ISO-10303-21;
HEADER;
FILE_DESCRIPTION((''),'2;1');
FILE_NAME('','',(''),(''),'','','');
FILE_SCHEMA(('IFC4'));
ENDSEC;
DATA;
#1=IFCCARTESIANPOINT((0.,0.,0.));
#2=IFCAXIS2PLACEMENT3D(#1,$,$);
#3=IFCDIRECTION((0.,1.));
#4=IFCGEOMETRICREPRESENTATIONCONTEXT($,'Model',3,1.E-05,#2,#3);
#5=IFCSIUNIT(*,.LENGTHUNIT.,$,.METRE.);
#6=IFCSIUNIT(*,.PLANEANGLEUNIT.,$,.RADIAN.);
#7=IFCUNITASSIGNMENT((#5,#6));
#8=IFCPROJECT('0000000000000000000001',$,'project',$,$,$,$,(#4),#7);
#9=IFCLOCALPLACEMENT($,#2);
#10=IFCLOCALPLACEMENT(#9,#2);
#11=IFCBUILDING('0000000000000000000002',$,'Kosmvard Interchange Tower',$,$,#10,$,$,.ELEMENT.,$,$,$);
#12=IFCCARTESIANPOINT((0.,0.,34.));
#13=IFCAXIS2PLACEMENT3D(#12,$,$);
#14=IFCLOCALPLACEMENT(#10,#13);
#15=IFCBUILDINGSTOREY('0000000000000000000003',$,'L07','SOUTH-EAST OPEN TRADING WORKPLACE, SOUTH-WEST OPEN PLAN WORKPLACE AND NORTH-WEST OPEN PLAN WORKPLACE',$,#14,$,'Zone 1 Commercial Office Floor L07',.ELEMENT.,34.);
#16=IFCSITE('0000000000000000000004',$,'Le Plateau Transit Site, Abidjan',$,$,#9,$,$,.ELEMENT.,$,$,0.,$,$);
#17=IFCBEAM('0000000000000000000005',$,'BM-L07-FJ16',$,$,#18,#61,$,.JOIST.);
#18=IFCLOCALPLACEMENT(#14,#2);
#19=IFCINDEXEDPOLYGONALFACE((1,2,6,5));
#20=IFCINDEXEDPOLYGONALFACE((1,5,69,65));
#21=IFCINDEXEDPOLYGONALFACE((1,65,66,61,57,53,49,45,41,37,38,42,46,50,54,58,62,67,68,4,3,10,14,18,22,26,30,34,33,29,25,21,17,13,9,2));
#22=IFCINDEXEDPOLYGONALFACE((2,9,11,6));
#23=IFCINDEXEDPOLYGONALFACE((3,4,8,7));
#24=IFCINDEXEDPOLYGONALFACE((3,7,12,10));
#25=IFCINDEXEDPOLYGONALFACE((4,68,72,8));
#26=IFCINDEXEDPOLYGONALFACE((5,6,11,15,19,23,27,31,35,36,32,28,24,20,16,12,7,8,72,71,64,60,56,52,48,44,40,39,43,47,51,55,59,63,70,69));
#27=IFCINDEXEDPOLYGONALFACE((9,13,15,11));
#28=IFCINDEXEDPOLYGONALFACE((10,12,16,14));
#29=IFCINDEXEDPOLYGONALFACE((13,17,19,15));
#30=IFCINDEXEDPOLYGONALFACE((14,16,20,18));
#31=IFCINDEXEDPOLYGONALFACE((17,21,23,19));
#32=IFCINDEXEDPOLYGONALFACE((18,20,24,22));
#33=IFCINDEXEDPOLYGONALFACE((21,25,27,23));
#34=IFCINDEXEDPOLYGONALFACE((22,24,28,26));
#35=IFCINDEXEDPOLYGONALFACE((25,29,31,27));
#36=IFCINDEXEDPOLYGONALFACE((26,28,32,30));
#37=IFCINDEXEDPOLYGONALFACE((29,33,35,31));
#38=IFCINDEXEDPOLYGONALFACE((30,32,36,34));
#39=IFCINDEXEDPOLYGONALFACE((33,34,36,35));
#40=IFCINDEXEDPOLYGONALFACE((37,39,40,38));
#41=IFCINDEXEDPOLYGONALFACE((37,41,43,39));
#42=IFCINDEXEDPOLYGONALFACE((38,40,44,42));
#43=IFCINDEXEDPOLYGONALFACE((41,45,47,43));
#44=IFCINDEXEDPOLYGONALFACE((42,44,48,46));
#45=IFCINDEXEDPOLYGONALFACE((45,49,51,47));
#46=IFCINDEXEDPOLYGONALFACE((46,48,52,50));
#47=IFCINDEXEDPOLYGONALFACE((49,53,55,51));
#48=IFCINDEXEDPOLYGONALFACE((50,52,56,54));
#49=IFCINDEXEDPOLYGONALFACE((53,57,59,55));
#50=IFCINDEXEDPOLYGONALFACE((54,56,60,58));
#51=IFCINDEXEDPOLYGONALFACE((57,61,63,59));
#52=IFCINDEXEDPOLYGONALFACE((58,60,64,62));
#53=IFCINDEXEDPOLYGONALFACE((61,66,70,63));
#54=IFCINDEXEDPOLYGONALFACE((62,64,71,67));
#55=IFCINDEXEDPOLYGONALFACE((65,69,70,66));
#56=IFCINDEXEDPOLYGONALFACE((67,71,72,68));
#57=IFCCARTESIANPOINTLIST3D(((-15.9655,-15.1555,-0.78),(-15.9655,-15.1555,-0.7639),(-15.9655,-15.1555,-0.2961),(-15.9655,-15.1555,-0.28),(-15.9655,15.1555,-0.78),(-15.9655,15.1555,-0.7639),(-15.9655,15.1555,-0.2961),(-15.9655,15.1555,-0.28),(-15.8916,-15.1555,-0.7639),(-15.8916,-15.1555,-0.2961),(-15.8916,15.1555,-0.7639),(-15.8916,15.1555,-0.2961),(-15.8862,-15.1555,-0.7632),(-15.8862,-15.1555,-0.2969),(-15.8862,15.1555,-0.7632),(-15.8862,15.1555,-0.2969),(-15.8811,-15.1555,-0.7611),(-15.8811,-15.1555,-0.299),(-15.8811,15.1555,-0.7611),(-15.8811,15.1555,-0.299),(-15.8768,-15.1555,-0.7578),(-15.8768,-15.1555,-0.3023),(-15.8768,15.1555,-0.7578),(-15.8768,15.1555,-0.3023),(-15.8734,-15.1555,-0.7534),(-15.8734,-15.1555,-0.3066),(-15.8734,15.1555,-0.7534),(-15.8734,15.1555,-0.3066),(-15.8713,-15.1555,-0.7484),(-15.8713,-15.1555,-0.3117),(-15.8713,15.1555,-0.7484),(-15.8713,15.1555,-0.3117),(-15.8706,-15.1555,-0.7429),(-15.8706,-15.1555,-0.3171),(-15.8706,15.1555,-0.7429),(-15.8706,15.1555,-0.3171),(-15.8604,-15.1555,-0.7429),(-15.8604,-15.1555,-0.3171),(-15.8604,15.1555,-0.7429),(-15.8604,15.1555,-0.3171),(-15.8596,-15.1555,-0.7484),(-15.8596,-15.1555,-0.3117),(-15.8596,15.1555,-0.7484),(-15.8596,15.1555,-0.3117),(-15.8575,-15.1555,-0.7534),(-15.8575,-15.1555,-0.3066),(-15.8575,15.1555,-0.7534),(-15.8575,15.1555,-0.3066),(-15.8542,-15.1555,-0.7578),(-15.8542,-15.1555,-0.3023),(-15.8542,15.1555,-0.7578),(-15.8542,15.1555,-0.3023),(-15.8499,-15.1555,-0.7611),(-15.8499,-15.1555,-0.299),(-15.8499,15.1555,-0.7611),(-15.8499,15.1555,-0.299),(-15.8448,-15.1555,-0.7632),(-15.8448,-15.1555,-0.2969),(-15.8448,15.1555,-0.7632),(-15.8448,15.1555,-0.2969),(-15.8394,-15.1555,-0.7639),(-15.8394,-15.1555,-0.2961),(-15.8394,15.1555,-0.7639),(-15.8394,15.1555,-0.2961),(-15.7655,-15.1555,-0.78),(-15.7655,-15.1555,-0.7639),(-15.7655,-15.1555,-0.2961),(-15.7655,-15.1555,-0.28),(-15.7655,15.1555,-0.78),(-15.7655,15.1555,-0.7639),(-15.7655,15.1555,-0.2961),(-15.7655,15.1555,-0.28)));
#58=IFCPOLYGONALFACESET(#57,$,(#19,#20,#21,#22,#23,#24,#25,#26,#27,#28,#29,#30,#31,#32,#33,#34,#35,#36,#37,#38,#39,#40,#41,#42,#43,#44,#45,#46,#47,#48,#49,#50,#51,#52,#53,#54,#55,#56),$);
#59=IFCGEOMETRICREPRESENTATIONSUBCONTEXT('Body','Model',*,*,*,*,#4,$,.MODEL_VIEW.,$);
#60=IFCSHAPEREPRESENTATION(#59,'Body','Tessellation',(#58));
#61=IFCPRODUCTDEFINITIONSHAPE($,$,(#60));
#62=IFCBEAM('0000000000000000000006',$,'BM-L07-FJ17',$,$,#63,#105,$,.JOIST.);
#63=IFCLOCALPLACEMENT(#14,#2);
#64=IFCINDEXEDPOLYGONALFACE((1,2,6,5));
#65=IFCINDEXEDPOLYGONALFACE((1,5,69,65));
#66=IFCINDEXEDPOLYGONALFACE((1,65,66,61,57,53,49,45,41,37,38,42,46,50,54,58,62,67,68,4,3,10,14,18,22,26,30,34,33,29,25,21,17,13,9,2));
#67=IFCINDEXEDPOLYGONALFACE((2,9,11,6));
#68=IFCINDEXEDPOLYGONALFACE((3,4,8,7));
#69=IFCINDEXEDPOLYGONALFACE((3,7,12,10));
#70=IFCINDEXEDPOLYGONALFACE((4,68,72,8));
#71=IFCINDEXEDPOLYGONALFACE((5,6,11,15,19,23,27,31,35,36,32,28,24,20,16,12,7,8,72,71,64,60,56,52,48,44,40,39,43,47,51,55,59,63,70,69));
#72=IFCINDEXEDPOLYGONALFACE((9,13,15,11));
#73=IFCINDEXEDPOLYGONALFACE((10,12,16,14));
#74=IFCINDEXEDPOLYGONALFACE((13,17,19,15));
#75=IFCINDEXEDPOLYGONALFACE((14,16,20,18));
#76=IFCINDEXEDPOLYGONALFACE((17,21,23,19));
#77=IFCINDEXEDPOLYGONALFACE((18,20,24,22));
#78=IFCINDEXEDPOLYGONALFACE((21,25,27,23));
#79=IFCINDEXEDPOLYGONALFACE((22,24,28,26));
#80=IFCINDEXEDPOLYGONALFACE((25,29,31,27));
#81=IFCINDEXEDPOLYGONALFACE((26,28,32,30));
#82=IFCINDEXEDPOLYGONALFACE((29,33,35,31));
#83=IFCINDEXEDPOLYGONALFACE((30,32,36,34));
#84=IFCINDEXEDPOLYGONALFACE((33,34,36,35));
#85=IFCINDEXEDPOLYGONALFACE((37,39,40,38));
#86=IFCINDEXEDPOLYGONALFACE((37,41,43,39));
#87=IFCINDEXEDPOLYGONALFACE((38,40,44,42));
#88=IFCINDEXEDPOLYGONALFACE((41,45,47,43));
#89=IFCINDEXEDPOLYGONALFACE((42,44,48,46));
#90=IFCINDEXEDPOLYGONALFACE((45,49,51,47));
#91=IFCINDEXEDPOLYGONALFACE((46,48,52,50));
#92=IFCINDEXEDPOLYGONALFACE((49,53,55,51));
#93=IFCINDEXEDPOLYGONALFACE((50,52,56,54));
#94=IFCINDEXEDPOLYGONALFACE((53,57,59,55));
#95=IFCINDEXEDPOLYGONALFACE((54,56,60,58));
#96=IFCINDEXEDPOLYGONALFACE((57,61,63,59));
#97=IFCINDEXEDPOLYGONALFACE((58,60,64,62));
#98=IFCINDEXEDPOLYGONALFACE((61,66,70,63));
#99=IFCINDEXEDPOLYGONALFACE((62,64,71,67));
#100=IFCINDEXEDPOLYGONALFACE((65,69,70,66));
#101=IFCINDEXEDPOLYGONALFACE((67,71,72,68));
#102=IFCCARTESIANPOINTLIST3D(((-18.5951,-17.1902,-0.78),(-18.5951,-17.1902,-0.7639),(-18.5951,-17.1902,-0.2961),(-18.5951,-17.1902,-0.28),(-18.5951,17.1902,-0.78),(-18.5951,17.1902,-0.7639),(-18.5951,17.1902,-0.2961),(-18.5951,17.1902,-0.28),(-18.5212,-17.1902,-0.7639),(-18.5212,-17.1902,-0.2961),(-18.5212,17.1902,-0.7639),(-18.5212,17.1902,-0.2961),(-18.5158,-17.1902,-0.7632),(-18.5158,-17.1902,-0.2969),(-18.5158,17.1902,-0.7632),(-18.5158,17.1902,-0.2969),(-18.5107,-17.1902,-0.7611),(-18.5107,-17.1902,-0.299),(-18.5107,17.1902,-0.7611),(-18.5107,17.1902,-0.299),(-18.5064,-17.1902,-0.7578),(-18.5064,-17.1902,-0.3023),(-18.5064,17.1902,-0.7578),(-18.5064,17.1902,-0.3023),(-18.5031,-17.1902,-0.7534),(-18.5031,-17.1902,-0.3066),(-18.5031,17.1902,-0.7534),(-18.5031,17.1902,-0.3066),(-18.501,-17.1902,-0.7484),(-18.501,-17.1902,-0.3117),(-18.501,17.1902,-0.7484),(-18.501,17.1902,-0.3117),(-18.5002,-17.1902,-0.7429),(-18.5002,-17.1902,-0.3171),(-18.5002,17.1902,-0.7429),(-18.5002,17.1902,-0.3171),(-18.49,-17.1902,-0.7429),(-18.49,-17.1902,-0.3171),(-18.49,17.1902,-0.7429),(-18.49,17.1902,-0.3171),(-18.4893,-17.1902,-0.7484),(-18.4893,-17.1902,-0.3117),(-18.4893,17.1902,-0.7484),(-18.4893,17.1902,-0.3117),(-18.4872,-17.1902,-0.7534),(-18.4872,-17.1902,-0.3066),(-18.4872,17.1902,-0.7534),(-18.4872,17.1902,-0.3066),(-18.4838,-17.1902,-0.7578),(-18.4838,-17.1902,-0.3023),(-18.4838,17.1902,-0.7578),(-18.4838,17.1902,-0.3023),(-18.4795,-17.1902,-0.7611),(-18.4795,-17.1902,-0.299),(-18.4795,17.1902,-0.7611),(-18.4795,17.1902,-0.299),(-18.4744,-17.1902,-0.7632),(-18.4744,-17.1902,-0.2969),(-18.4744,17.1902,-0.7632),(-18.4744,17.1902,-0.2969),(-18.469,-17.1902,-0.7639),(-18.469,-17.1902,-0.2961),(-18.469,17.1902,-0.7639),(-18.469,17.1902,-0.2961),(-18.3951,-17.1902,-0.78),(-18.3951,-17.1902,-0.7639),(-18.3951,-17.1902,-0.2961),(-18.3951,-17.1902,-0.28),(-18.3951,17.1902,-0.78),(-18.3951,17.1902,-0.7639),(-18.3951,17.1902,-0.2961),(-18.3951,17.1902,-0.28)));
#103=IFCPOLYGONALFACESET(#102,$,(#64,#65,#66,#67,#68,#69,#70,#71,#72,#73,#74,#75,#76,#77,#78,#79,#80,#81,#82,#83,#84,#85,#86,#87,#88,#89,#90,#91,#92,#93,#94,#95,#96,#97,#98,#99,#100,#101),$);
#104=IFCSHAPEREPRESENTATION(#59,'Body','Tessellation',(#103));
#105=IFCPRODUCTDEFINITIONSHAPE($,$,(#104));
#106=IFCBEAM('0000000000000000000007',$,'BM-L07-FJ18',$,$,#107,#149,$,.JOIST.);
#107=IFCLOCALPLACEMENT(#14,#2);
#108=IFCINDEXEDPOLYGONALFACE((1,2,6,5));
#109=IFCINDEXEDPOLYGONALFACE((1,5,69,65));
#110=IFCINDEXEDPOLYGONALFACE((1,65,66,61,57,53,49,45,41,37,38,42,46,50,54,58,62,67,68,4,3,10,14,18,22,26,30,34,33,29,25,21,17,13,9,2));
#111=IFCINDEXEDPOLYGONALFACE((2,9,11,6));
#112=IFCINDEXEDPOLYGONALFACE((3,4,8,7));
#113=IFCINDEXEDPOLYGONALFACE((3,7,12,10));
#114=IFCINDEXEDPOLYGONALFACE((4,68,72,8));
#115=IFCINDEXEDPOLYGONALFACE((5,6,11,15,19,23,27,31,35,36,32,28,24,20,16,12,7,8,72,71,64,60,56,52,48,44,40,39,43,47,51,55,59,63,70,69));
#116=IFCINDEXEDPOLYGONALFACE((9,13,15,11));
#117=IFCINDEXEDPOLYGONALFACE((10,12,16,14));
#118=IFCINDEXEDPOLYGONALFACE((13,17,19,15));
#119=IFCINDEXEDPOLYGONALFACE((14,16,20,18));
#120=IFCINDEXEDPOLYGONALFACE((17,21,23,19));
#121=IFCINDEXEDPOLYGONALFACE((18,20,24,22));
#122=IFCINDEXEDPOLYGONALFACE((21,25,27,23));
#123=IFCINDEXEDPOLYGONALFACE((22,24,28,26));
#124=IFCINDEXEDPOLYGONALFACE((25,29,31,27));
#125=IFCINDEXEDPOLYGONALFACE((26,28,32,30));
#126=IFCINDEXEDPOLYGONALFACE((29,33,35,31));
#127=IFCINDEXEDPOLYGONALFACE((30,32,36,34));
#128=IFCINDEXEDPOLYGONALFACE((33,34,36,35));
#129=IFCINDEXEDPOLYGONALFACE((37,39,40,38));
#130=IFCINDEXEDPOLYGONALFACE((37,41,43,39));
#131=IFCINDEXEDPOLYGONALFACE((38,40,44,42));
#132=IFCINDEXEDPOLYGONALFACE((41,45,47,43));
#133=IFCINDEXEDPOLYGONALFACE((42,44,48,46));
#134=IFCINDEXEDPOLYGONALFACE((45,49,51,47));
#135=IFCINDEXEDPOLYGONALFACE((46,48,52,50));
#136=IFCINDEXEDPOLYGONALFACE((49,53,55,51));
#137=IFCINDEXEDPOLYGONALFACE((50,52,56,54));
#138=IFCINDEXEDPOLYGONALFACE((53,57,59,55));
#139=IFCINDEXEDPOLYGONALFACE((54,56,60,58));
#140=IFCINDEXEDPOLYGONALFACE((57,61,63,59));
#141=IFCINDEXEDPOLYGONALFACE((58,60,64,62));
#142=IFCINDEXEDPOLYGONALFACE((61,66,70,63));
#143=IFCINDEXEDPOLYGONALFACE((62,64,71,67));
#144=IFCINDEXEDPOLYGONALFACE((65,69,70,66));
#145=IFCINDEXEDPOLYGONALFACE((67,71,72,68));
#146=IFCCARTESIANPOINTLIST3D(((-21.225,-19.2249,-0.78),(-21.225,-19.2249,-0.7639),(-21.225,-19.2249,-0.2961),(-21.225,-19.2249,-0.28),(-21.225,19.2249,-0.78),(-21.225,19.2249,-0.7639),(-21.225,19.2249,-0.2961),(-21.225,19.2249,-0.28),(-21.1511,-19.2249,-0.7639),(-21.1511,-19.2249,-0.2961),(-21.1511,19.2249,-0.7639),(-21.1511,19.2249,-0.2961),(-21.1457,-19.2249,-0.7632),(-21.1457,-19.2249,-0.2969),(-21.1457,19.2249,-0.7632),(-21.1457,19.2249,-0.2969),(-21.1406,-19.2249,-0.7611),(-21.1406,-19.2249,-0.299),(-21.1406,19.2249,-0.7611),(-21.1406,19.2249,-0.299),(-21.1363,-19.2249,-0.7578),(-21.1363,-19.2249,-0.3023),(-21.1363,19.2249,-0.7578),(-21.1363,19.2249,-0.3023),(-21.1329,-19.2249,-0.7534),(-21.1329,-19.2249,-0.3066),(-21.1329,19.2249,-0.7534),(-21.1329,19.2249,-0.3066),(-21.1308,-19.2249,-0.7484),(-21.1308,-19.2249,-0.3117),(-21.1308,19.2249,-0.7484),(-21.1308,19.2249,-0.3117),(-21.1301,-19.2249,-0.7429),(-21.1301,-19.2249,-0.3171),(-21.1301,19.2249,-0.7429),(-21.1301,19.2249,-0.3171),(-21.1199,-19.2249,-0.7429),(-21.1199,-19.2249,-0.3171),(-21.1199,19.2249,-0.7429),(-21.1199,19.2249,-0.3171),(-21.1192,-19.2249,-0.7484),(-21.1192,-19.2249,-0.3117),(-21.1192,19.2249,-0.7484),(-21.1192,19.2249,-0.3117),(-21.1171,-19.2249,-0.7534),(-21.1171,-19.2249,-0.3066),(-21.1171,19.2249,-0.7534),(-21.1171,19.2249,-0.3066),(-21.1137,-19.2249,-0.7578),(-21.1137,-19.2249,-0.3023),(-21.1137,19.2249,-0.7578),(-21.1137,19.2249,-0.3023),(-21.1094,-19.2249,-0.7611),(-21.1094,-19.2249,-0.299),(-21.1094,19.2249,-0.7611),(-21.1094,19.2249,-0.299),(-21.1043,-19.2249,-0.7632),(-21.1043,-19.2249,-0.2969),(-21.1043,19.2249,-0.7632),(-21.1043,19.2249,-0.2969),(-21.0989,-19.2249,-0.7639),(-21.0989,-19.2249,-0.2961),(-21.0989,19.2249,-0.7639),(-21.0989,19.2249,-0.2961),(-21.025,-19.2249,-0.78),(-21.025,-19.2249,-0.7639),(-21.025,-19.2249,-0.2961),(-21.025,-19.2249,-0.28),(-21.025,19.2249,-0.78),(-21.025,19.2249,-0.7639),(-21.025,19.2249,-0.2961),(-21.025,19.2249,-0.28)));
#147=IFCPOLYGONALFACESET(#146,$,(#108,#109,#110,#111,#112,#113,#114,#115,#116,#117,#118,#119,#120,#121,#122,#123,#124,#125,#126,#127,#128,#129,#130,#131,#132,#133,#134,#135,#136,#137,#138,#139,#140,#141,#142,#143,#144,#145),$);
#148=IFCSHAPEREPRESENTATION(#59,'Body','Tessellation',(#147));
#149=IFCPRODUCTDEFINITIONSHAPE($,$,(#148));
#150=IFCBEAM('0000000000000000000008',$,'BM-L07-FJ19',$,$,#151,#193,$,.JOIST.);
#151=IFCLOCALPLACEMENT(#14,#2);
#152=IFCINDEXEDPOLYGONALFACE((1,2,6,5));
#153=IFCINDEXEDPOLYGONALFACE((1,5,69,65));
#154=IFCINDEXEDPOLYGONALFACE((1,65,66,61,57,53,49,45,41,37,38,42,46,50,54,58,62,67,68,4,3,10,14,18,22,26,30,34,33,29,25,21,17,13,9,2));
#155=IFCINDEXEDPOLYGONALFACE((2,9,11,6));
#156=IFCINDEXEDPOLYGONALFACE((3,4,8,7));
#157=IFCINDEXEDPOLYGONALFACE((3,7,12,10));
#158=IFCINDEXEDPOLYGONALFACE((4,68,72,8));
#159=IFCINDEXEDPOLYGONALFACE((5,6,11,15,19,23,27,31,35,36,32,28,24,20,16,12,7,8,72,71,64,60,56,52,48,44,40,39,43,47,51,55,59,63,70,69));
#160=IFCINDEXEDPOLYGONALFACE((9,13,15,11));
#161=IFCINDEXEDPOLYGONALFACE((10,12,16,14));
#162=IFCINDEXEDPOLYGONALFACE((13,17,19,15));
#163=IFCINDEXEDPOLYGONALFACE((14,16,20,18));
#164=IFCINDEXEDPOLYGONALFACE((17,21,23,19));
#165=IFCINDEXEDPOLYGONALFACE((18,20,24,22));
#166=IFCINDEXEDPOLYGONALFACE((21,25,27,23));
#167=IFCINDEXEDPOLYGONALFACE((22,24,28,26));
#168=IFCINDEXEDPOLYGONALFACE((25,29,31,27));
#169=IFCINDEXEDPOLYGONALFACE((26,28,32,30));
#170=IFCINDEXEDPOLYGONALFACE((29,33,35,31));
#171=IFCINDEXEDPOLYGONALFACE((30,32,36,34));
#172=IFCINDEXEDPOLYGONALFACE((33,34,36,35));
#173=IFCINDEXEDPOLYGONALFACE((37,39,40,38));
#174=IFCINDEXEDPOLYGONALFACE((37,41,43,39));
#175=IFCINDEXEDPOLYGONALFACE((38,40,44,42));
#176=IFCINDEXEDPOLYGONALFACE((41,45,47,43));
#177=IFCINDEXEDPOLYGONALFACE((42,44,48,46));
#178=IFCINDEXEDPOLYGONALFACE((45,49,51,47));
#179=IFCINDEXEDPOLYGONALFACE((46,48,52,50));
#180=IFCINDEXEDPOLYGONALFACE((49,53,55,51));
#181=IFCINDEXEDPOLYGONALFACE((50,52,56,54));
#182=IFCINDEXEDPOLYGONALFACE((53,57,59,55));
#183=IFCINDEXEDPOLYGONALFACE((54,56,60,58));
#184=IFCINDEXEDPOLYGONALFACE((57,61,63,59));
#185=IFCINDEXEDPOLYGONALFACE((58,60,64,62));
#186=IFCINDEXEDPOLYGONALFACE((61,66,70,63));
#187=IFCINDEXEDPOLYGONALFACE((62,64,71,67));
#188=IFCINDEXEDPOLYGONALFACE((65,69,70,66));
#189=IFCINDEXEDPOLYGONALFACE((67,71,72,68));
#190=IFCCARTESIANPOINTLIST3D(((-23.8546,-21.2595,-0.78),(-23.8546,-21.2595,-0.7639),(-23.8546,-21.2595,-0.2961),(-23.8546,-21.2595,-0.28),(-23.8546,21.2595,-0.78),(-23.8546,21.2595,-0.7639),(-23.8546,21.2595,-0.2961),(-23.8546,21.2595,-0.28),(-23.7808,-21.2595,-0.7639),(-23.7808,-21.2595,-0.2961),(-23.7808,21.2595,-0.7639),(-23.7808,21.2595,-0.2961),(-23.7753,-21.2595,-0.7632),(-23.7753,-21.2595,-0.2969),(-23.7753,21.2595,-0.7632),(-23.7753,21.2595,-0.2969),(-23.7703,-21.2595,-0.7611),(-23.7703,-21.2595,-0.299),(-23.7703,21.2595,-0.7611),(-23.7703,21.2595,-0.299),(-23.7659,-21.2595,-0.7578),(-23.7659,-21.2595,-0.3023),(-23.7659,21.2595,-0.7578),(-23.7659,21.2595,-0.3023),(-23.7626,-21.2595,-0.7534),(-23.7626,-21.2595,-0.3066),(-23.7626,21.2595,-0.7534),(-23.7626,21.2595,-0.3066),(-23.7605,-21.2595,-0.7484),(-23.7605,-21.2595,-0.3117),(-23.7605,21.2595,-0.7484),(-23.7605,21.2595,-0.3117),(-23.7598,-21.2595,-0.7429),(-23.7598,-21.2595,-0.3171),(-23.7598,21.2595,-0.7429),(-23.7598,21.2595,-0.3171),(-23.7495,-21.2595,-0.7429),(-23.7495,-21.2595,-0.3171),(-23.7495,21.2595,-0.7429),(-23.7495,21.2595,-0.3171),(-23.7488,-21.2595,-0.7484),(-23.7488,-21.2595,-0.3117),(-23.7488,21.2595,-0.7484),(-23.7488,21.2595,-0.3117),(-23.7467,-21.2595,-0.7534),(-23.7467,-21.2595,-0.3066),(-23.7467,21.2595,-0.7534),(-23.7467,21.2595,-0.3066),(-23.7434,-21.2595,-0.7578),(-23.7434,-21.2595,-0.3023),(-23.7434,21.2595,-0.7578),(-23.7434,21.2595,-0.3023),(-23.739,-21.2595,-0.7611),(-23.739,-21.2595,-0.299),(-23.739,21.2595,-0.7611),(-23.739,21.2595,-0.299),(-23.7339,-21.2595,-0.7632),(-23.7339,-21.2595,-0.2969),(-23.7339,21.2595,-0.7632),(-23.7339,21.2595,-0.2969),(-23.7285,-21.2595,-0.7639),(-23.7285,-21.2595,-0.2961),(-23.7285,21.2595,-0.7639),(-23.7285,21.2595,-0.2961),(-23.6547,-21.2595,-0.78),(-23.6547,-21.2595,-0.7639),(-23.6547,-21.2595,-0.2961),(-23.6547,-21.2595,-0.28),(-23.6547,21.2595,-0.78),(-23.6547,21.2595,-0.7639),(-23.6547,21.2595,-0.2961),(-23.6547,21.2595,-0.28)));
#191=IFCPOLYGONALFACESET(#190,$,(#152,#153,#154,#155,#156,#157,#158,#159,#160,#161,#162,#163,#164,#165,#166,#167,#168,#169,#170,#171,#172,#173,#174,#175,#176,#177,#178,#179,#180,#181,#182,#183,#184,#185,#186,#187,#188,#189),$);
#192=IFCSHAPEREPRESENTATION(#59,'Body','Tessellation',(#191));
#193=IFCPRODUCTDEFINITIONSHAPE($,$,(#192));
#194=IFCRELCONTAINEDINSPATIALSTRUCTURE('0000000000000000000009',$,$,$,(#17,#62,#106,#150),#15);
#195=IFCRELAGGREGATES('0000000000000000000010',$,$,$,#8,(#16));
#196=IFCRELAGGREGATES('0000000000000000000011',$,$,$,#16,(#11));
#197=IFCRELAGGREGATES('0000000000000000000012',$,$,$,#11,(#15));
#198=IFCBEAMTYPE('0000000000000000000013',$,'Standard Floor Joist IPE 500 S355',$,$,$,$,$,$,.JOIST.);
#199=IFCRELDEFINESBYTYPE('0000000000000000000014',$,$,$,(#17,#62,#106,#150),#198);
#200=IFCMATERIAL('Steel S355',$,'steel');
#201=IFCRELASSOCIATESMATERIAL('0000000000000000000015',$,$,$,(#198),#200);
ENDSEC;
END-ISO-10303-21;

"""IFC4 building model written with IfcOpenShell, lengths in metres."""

from ifc_helpers import new_model, si_unit, direction, frame, origin, origin_2d, place, context, subcontext, project, spatial, i_section, extrude, source, transform, mapped, material, material_profile, profile_set, type_object, element, save


model = new_model("IFC4")

# Units and contexts
model_context = context("Model", 3, precision=1e-05, world=origin(), true_north=direction((0.0, 1.0)))
body_context = subcontext(model_context, "Body", "Model", "MODEL_VIEW")
ifc_project = project(units=[si_unit("LENGTHUNIT", "METRE"), si_unit("PLANEANGLEUNIT", "RADIAN")], contexts=[model_context])

# Site, building, storey
site_placement = place(None, origin())
site = spatial("IfcSite", under=ifc_project, at=site_placement, Name="Le Plateau Transit Site, Abidjan", CompositionType="ELEMENT", RefElevation=0.0)
building_placement = place(site_placement, origin())
building = spatial("IfcBuilding", under=site, at=building_placement, Name="Kosmvard Interchange Tower", CompositionType="ELEMENT")
storey_placement = place(building_placement, frame((0.0, 0.0, 34.0)))
storey = spatial("IfcBuildingStorey", under=building, at=storey_placement, Name="L07", Description="SOUTH-EAST OPEN TRADING WORKPLACE, SOUTH-WEST OPEN PLAN WORKPLACE AND NORTH-WEST OPEN PLAN WORKPLACE", LongName="Zone 1 Commercial Office Floor L07", CompositionType="ELEMENT", Elevation=34.0)

# Beams
ifc_material_1 = material(Name="Steel S355", Category="steel")
ifc_material_profile_1 = material_profile(ifc_material_1, i_section(OverallWidth=0.2, OverallDepth=0.5, WebThickness=0.0103, FlangeThickness=0.0161, FilletRadius=0.021, at=origin_2d()), Name="IPE 500")
ifc_profile_set_1 = profile_set([ifc_material_profile_1], Name="Steel S355")
beam_type_1 = type_object("IfcBeamType", Name="Standard Floor Joist IPE 500 S355", PredefinedType="JOIST", material=ifc_profile_set_1)
shared_shape_1 = source(origin(), body_context, "Body", "SweptSolid", [
    extrude(i_section(OverallWidth=0.2, OverallDepth=0.5, WebThickness=0.0103, FlangeThickness=0.0161, FilletRadius=0.021, at=origin_2d()), origin(), (0.0, 0.0, 1.0), 30.311),
])
beam_1_placement = place(storey_placement, frame((-15.8655, 15.1555, -0.53), z_axis=(0.0, -1.0, 0.0), x_axis=(1.0, 0.0, 0.0)))
element("IfcBeam", 1, at=beam_1_placement, inside=storey, type_object=beam_type_1, Name="BM-L07-FJ16", PredefinedType="JOIST", context=body_context, shape_type="MappedRepresentation", body=[
    mapped(shared_shape_1, transform((0.0, 0.0, 0.0), scale=1.0)),
])
shared_shape_2 = source(origin(), body_context, "Body", "SweptSolid", [
    extrude(i_section(OverallWidth=0.2, OverallDepth=0.5, WebThickness=0.0103, FlangeThickness=0.0161, FilletRadius=0.021, at=origin_2d()), origin(), (0.0, 0.0, 1.0), 34.3804),
])
beam_2_placement = place(storey_placement, frame((-18.4951, 17.1902, -0.53), z_axis=(0.0, -1.0, 0.0), x_axis=(1.0, 0.0, 0.0)))
element("IfcBeam", 2, at=beam_2_placement, inside=storey, type_object=beam_type_1, Name="BM-L07-FJ17", PredefinedType="JOIST", context=body_context, shape_type="MappedRepresentation", body=[
    mapped(shared_shape_2, transform((0.0, 0.0, 0.0), scale=1.0)),
])
shared_shape_3 = source(origin(), body_context, "Body", "SweptSolid", [
    extrude(i_section(OverallWidth=0.2, OverallDepth=0.5, WebThickness=0.0103, FlangeThickness=0.0161, FilletRadius=0.021, at=origin_2d()), origin(), (0.0, 0.0, 1.0), 38.4497),
])
beam_3_placement = place(storey_placement, frame((-21.125, 19.2249, -0.53), z_axis=(0.0, -1.0, 0.0), x_axis=(1.0, 0.0, 0.0)))
element("IfcBeam", 3, at=beam_3_placement, inside=storey, type_object=beam_type_1, Name="BM-L07-FJ18", PredefinedType="JOIST", context=body_context, shape_type="MappedRepresentation", body=[
    mapped(shared_shape_3, transform((0.0, 0.0, 0.0), scale=1.0)),
])
shared_shape_4 = source(origin(), body_context, "Body", "SweptSolid", [
    extrude(i_section(OverallWidth=0.2, OverallDepth=0.5, WebThickness=0.0103, FlangeThickness=0.0161, FilletRadius=0.021, at=origin_2d()), origin(), (0.0, 0.0, 1.0), 42.519),
])
beam_4_placement = place(storey_placement, frame((-23.7546, 21.2595, -0.53), z_axis=(0.0, -1.0, 0.0), x_axis=(1.0, 0.0, 0.0)))
element("IfcBeam", 4, at=beam_4_placement, inside=storey, type_object=beam_type_1, Name="BM-L07-FJ19", PredefinedType="JOIST", context=body_context, shape_type="MappedRepresentation", body=[
    mapped(shared_shape_4, transform((0.0, 0.0, 0.0), scale=1.0)),
])

save(model, "model.ifc")
